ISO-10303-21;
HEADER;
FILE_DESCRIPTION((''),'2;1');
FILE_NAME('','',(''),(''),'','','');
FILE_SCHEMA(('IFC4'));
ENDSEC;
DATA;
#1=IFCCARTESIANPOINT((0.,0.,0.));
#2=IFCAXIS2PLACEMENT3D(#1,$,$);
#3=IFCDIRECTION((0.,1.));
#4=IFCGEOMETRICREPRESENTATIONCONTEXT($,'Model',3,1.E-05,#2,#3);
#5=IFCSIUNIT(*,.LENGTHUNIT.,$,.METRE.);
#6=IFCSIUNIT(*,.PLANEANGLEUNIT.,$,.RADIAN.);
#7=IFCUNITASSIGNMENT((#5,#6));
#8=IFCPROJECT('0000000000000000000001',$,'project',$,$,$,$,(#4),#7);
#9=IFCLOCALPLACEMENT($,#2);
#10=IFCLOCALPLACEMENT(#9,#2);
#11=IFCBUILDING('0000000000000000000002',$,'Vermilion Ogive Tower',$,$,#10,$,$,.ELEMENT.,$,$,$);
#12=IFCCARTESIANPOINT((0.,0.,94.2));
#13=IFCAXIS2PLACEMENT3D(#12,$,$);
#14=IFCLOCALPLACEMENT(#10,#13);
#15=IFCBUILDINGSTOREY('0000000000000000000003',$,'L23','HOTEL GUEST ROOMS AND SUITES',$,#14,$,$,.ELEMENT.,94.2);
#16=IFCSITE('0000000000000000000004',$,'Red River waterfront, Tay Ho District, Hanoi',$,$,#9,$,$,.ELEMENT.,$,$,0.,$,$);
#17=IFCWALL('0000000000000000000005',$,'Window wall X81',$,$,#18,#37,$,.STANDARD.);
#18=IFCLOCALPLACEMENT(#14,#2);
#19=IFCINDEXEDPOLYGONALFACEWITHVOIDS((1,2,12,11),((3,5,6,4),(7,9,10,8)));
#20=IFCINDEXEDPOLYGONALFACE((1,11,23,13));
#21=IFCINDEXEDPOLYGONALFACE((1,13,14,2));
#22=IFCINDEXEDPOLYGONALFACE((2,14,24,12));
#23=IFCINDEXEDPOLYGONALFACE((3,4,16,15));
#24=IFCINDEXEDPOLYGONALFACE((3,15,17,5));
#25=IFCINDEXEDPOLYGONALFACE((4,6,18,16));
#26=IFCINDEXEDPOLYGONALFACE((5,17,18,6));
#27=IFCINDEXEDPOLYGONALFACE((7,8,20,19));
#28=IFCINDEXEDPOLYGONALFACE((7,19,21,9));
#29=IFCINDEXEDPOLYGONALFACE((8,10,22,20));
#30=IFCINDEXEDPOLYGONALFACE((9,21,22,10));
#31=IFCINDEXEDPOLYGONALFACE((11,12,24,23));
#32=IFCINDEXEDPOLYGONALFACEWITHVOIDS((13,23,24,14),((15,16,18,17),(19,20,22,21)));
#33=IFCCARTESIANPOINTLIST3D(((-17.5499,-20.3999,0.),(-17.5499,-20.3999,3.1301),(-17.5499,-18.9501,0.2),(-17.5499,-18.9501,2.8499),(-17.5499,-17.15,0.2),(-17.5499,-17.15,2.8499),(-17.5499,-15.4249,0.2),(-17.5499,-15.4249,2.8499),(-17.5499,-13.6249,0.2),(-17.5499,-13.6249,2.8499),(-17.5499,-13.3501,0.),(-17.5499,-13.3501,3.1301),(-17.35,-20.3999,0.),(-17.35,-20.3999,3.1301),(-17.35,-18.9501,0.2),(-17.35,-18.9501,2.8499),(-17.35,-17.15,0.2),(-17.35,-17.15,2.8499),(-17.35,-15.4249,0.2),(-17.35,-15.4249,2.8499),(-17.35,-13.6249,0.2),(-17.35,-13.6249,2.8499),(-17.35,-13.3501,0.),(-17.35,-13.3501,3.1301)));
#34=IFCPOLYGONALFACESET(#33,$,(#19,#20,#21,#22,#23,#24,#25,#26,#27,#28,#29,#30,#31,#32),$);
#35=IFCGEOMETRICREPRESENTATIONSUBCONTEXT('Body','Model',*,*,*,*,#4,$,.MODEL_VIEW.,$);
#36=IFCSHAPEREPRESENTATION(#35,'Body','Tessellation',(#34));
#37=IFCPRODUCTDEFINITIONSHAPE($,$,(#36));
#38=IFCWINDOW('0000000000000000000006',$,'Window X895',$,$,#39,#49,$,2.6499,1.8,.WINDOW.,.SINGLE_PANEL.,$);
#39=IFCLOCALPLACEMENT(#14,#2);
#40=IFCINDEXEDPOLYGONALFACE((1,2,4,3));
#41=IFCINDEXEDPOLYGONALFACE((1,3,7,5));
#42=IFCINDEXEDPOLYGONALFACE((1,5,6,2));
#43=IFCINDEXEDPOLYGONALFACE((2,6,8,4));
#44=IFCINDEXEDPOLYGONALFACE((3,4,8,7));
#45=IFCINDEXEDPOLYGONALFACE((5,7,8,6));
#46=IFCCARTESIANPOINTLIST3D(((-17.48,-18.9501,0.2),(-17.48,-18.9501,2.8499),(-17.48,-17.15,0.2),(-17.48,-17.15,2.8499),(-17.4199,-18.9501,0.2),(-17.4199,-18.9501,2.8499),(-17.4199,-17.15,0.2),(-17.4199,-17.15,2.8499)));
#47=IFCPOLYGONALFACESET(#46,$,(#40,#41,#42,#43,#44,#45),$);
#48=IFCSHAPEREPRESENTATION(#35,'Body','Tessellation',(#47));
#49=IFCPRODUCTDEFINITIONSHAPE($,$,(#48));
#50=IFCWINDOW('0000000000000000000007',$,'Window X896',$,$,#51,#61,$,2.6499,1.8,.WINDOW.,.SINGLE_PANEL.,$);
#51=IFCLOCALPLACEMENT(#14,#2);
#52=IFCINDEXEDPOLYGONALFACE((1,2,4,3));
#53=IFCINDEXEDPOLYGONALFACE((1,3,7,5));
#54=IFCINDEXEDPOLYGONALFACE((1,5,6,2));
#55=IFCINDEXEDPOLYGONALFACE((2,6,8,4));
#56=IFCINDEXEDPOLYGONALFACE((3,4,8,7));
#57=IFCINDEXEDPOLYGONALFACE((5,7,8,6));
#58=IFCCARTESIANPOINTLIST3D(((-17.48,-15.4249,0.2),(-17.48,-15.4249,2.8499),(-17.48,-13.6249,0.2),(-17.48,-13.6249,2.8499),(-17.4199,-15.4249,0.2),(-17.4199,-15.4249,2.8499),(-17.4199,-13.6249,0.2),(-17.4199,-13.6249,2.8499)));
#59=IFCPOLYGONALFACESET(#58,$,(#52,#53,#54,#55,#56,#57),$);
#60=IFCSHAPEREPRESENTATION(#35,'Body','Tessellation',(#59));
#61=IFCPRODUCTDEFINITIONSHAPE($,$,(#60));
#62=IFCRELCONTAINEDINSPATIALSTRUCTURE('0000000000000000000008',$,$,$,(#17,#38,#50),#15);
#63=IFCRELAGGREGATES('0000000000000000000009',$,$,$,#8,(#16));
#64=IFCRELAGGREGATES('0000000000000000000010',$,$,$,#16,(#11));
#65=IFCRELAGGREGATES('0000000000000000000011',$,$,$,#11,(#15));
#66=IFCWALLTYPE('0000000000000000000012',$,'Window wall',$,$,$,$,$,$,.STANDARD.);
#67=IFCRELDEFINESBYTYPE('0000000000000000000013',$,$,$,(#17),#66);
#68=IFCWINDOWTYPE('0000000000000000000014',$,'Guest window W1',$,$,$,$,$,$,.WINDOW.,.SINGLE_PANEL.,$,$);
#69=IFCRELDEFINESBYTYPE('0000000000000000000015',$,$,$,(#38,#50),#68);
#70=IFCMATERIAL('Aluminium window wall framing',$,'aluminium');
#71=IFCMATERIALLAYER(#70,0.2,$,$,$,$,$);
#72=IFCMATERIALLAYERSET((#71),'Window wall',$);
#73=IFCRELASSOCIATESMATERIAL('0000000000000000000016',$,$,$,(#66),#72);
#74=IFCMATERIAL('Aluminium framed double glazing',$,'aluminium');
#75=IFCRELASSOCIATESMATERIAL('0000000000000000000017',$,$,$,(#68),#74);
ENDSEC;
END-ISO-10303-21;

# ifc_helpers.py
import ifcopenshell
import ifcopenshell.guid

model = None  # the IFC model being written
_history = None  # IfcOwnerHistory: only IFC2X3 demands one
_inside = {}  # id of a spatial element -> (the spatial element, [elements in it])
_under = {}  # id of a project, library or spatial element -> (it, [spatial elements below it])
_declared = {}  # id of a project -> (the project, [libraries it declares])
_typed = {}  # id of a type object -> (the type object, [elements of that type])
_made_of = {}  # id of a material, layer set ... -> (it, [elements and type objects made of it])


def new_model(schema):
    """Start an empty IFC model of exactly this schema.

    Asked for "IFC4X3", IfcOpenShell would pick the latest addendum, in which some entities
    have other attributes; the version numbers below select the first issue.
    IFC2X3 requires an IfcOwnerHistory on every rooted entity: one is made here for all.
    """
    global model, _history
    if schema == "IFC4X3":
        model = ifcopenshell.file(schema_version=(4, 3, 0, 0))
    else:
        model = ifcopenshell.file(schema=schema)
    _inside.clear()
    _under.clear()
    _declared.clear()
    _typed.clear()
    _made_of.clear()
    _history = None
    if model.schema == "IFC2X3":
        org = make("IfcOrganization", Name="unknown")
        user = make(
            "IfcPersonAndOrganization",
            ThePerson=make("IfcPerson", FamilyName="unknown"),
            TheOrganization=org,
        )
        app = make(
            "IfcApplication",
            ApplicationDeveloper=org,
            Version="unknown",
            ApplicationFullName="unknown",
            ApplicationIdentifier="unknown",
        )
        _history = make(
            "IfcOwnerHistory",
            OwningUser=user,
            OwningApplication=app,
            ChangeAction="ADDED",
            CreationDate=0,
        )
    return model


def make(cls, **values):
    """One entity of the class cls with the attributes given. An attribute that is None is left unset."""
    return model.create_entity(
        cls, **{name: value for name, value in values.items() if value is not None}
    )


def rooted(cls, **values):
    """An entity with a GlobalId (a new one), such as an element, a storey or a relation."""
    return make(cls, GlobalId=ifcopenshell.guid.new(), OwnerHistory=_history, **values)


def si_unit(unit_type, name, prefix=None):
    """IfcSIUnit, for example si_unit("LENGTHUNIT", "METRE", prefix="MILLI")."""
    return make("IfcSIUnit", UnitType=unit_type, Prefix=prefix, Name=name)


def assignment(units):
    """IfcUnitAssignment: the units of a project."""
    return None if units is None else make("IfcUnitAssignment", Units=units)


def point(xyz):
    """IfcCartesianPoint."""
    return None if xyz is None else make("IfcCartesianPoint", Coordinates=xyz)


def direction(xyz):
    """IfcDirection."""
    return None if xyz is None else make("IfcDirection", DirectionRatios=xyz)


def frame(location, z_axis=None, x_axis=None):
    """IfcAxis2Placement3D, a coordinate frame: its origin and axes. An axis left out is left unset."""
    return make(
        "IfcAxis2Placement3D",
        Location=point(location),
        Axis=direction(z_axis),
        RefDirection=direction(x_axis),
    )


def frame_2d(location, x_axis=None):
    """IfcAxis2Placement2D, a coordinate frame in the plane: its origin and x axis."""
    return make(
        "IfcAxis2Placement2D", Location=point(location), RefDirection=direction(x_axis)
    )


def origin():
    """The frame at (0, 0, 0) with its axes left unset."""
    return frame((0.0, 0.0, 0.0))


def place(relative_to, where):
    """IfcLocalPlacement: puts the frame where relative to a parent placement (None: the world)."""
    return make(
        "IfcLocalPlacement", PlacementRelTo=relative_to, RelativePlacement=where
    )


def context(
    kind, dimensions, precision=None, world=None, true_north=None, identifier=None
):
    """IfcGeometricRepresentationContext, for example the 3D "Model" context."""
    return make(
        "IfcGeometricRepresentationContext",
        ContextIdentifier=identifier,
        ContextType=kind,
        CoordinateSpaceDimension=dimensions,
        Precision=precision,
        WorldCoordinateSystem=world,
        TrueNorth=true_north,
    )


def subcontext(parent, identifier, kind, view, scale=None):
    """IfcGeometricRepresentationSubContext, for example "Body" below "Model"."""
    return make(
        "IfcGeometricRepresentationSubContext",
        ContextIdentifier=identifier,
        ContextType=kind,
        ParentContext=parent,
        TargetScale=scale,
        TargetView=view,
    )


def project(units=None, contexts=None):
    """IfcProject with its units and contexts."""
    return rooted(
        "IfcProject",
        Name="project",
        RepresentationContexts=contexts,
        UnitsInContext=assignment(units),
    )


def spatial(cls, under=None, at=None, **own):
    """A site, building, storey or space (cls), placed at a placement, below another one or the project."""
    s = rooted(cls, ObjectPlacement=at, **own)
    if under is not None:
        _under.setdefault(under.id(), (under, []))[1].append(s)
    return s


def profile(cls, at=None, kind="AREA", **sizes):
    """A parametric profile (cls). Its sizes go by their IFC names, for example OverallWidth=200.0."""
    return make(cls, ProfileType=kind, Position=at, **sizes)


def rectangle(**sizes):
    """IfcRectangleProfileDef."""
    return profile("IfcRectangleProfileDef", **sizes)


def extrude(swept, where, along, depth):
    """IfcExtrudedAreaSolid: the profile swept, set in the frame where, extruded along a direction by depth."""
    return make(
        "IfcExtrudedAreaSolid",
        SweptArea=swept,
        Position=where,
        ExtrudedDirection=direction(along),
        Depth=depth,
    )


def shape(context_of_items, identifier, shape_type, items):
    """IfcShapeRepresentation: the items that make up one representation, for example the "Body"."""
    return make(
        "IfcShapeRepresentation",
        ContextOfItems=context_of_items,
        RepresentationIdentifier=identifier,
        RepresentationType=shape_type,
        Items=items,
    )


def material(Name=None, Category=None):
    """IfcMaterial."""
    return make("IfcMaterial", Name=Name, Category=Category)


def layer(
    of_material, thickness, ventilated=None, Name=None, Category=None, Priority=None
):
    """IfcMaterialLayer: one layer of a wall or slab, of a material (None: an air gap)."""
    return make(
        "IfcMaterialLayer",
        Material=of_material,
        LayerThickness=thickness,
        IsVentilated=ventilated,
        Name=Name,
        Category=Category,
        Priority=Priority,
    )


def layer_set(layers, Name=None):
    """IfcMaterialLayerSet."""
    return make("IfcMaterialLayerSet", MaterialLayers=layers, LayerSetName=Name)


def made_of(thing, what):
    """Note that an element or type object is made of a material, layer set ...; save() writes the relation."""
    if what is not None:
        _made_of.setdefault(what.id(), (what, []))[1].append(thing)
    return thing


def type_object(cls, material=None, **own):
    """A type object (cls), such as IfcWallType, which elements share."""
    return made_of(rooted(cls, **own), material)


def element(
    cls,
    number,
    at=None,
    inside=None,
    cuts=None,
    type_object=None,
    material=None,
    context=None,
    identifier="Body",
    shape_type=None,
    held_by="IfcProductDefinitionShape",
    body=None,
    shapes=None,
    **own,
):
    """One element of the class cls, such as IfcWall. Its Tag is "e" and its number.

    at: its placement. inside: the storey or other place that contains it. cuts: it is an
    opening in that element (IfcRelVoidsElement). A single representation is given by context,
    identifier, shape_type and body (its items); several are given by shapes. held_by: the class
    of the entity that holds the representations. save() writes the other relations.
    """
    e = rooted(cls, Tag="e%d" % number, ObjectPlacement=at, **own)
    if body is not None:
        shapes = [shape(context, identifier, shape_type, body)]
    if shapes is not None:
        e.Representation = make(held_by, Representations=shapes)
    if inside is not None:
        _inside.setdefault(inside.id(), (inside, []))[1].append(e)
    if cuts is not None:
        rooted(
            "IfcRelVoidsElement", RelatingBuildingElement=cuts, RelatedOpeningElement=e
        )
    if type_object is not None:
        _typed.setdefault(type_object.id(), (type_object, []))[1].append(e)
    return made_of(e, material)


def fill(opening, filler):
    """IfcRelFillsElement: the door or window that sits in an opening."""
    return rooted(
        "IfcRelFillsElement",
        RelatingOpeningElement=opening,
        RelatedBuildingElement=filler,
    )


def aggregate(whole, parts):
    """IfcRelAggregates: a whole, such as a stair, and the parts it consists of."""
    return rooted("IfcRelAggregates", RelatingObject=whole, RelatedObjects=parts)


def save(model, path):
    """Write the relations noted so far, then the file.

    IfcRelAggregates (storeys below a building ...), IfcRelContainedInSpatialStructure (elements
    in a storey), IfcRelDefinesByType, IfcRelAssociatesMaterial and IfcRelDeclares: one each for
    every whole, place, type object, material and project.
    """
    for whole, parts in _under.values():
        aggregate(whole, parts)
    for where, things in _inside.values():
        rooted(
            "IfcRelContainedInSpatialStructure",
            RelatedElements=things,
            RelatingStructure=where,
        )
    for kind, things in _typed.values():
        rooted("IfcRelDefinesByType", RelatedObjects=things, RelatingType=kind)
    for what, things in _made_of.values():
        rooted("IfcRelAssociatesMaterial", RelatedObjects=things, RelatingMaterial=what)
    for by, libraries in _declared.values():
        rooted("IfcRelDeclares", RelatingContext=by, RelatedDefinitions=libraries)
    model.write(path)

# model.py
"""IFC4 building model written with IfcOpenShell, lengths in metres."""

from ifc_helpers import new_model, si_unit, direction, frame, frame_2d, origin, place, context, subcontext, project, spatial, rectangle, extrude, material, layer, layer_set, type_object, element, fill, save


model = new_model("IFC4")

# Units and contexts
model_context = context("Model", 3, precision=1e-05, world=origin(), true_north=direction((0.0, 1.0)))
body_context = subcontext(model_context, "Body", "Model", "MODEL_VIEW")
ifc_project = project(units=[si_unit("LENGTHUNIT", "METRE"), si_unit("PLANEANGLEUNIT", "RADIAN")], contexts=[model_context])

# Site, building, storey
site_placement = place(None, origin())
site = spatial("IfcSite", under=ifc_project, at=site_placement, Name="Red River waterfront, Tay Ho District, Hanoi", CompositionType="ELEMENT", RefElevation=0.0)
building_placement = place(site_placement, origin())
building = spatial("IfcBuilding", under=site, at=building_placement, Name="Vermilion Ogive Tower", CompositionType="ELEMENT")
storey_placement = place(building_placement, frame((0.0, 0.0, 94.2)))
storey = spatial("IfcBuildingStorey", under=building, at=storey_placement, Name="L23", Description="HOTEL GUEST ROOMS AND SUITES", CompositionType="ELEMENT", Elevation=94.2)

# Shared definitions
ifc_material_1 = material(Name="Aluminium window wall framing", Category="aluminium")
ifc_layer_1 = layer(ifc_material_1, 0.2)
ifc_layer_set_1 = layer_set([ifc_layer_1], Name="Window wall")
wall_type_1 = type_object("IfcWallType", Name="Window wall", PredefinedType="STANDARD", material=ifc_layer_set_1)

# Wall, openings, windows
wall_1_placement = place(storey_placement, frame((-17.45, -13.3501, 0.0), z_axis=(0.0, 0.0, 1.0), x_axis=(0.0, -1.0, 0.0)))
wall_1 = element("IfcWall", 1, at=wall_1_placement, inside=storey, type_object=wall_type_1, Name="Window wall X81", PredefinedType="STANDARD", context=body_context, shape_type="SweptSolid", body=[
    extrude(rectangle(XDim=7.0498, YDim=0.2, at=frame_2d((3.5249, 0.0))), origin(), (0.0, 0.0, 1.0), 3.1301),
])
opening_1_placement = place(wall_1_placement, frame((3.8, 0.0, 0.2)))
opening_1 = element("IfcOpeningElement", 2, at=opening_1_placement, cuts=wall_1, PredefinedType="OPENING", context=body_context, shape_type="SweptSolid", body=[
    extrude(rectangle(XDim=1.8, YDim=2.6499, at=frame_2d((0.8999, 1.325))), frame((0.0, 0.1099, 0.0), z_axis=(0.0, -1.0, 0.0), x_axis=(1.0, 0.0, 0.0)), (0.0, 0.0, 1.0), 0.22),
])
opening_2_placement = place(wall_1_placement, frame((0.2749, 0.0, 0.2)))
opening_2 = element("IfcOpeningElement", 3, at=opening_2_placement, cuts=wall_1, PredefinedType="OPENING", context=body_context, shape_type="SweptSolid", body=[
    extrude(rectangle(XDim=1.8, YDim=2.6499, at=frame_2d((0.8999, 1.325))), frame((0.0, 0.1099, 0.0), z_axis=(0.0, -1.0, 0.0), x_axis=(1.0, 0.0, 0.0)), (0.0, 0.0, 1.0), 0.22),
])
ifc_material_2 = material(Name="Aluminium framed double glazing", Category="aluminium")
window_type = type_object("IfcWindowType", Name="Guest window W1", PartitioningType="SINGLE_PANEL", PredefinedType="WINDOW", material=ifc_material_2)
window_1_placement = place(opening_1_placement, origin())
window_1 = element("IfcWindow", 4, at=window_1_placement, inside=storey, type_object=window_type, Name="Window X895", OverallHeight=2.6499, OverallWidth=1.8, PartitioningType="SINGLE_PANEL", PredefinedType="WINDOW", context=body_context, shape_type="SweptSolid", body=[
    extrude(rectangle(XDim=1.8, YDim=2.6499, at=frame_2d((0.8999, 1.325))), frame((0.0, 0.03, 0.0), z_axis=(0.0, -1.0, 0.0), x_axis=(1.0, 0.0, 0.0)), (0.0, 0.0, 1.0), 0.0601),
])
fill(opening_1, window_1)
window_2_placement = place(opening_2_placement, origin())
window_2 = element("IfcWindow", 5, at=window_2_placement, inside=storey, type_object=window_type, Name="Window X896", OverallHeight=2.6499, OverallWidth=1.8, PartitioningType="SINGLE_PANEL", PredefinedType="WINDOW", context=body_context, shape_type="SweptSolid", body=[
    extrude(rectangle(XDim=1.8, YDim=2.6499, at=frame_2d((0.8999, 1.325))), frame((0.0, 0.03, 0.0), z_axis=(0.0, -1.0, 0.0), x_axis=(1.0, 0.0, 0.0)), (0.0, 0.0, 1.0), 0.0601),
])
fill(opening_2, window_2)

save(model, "model.ifc")
